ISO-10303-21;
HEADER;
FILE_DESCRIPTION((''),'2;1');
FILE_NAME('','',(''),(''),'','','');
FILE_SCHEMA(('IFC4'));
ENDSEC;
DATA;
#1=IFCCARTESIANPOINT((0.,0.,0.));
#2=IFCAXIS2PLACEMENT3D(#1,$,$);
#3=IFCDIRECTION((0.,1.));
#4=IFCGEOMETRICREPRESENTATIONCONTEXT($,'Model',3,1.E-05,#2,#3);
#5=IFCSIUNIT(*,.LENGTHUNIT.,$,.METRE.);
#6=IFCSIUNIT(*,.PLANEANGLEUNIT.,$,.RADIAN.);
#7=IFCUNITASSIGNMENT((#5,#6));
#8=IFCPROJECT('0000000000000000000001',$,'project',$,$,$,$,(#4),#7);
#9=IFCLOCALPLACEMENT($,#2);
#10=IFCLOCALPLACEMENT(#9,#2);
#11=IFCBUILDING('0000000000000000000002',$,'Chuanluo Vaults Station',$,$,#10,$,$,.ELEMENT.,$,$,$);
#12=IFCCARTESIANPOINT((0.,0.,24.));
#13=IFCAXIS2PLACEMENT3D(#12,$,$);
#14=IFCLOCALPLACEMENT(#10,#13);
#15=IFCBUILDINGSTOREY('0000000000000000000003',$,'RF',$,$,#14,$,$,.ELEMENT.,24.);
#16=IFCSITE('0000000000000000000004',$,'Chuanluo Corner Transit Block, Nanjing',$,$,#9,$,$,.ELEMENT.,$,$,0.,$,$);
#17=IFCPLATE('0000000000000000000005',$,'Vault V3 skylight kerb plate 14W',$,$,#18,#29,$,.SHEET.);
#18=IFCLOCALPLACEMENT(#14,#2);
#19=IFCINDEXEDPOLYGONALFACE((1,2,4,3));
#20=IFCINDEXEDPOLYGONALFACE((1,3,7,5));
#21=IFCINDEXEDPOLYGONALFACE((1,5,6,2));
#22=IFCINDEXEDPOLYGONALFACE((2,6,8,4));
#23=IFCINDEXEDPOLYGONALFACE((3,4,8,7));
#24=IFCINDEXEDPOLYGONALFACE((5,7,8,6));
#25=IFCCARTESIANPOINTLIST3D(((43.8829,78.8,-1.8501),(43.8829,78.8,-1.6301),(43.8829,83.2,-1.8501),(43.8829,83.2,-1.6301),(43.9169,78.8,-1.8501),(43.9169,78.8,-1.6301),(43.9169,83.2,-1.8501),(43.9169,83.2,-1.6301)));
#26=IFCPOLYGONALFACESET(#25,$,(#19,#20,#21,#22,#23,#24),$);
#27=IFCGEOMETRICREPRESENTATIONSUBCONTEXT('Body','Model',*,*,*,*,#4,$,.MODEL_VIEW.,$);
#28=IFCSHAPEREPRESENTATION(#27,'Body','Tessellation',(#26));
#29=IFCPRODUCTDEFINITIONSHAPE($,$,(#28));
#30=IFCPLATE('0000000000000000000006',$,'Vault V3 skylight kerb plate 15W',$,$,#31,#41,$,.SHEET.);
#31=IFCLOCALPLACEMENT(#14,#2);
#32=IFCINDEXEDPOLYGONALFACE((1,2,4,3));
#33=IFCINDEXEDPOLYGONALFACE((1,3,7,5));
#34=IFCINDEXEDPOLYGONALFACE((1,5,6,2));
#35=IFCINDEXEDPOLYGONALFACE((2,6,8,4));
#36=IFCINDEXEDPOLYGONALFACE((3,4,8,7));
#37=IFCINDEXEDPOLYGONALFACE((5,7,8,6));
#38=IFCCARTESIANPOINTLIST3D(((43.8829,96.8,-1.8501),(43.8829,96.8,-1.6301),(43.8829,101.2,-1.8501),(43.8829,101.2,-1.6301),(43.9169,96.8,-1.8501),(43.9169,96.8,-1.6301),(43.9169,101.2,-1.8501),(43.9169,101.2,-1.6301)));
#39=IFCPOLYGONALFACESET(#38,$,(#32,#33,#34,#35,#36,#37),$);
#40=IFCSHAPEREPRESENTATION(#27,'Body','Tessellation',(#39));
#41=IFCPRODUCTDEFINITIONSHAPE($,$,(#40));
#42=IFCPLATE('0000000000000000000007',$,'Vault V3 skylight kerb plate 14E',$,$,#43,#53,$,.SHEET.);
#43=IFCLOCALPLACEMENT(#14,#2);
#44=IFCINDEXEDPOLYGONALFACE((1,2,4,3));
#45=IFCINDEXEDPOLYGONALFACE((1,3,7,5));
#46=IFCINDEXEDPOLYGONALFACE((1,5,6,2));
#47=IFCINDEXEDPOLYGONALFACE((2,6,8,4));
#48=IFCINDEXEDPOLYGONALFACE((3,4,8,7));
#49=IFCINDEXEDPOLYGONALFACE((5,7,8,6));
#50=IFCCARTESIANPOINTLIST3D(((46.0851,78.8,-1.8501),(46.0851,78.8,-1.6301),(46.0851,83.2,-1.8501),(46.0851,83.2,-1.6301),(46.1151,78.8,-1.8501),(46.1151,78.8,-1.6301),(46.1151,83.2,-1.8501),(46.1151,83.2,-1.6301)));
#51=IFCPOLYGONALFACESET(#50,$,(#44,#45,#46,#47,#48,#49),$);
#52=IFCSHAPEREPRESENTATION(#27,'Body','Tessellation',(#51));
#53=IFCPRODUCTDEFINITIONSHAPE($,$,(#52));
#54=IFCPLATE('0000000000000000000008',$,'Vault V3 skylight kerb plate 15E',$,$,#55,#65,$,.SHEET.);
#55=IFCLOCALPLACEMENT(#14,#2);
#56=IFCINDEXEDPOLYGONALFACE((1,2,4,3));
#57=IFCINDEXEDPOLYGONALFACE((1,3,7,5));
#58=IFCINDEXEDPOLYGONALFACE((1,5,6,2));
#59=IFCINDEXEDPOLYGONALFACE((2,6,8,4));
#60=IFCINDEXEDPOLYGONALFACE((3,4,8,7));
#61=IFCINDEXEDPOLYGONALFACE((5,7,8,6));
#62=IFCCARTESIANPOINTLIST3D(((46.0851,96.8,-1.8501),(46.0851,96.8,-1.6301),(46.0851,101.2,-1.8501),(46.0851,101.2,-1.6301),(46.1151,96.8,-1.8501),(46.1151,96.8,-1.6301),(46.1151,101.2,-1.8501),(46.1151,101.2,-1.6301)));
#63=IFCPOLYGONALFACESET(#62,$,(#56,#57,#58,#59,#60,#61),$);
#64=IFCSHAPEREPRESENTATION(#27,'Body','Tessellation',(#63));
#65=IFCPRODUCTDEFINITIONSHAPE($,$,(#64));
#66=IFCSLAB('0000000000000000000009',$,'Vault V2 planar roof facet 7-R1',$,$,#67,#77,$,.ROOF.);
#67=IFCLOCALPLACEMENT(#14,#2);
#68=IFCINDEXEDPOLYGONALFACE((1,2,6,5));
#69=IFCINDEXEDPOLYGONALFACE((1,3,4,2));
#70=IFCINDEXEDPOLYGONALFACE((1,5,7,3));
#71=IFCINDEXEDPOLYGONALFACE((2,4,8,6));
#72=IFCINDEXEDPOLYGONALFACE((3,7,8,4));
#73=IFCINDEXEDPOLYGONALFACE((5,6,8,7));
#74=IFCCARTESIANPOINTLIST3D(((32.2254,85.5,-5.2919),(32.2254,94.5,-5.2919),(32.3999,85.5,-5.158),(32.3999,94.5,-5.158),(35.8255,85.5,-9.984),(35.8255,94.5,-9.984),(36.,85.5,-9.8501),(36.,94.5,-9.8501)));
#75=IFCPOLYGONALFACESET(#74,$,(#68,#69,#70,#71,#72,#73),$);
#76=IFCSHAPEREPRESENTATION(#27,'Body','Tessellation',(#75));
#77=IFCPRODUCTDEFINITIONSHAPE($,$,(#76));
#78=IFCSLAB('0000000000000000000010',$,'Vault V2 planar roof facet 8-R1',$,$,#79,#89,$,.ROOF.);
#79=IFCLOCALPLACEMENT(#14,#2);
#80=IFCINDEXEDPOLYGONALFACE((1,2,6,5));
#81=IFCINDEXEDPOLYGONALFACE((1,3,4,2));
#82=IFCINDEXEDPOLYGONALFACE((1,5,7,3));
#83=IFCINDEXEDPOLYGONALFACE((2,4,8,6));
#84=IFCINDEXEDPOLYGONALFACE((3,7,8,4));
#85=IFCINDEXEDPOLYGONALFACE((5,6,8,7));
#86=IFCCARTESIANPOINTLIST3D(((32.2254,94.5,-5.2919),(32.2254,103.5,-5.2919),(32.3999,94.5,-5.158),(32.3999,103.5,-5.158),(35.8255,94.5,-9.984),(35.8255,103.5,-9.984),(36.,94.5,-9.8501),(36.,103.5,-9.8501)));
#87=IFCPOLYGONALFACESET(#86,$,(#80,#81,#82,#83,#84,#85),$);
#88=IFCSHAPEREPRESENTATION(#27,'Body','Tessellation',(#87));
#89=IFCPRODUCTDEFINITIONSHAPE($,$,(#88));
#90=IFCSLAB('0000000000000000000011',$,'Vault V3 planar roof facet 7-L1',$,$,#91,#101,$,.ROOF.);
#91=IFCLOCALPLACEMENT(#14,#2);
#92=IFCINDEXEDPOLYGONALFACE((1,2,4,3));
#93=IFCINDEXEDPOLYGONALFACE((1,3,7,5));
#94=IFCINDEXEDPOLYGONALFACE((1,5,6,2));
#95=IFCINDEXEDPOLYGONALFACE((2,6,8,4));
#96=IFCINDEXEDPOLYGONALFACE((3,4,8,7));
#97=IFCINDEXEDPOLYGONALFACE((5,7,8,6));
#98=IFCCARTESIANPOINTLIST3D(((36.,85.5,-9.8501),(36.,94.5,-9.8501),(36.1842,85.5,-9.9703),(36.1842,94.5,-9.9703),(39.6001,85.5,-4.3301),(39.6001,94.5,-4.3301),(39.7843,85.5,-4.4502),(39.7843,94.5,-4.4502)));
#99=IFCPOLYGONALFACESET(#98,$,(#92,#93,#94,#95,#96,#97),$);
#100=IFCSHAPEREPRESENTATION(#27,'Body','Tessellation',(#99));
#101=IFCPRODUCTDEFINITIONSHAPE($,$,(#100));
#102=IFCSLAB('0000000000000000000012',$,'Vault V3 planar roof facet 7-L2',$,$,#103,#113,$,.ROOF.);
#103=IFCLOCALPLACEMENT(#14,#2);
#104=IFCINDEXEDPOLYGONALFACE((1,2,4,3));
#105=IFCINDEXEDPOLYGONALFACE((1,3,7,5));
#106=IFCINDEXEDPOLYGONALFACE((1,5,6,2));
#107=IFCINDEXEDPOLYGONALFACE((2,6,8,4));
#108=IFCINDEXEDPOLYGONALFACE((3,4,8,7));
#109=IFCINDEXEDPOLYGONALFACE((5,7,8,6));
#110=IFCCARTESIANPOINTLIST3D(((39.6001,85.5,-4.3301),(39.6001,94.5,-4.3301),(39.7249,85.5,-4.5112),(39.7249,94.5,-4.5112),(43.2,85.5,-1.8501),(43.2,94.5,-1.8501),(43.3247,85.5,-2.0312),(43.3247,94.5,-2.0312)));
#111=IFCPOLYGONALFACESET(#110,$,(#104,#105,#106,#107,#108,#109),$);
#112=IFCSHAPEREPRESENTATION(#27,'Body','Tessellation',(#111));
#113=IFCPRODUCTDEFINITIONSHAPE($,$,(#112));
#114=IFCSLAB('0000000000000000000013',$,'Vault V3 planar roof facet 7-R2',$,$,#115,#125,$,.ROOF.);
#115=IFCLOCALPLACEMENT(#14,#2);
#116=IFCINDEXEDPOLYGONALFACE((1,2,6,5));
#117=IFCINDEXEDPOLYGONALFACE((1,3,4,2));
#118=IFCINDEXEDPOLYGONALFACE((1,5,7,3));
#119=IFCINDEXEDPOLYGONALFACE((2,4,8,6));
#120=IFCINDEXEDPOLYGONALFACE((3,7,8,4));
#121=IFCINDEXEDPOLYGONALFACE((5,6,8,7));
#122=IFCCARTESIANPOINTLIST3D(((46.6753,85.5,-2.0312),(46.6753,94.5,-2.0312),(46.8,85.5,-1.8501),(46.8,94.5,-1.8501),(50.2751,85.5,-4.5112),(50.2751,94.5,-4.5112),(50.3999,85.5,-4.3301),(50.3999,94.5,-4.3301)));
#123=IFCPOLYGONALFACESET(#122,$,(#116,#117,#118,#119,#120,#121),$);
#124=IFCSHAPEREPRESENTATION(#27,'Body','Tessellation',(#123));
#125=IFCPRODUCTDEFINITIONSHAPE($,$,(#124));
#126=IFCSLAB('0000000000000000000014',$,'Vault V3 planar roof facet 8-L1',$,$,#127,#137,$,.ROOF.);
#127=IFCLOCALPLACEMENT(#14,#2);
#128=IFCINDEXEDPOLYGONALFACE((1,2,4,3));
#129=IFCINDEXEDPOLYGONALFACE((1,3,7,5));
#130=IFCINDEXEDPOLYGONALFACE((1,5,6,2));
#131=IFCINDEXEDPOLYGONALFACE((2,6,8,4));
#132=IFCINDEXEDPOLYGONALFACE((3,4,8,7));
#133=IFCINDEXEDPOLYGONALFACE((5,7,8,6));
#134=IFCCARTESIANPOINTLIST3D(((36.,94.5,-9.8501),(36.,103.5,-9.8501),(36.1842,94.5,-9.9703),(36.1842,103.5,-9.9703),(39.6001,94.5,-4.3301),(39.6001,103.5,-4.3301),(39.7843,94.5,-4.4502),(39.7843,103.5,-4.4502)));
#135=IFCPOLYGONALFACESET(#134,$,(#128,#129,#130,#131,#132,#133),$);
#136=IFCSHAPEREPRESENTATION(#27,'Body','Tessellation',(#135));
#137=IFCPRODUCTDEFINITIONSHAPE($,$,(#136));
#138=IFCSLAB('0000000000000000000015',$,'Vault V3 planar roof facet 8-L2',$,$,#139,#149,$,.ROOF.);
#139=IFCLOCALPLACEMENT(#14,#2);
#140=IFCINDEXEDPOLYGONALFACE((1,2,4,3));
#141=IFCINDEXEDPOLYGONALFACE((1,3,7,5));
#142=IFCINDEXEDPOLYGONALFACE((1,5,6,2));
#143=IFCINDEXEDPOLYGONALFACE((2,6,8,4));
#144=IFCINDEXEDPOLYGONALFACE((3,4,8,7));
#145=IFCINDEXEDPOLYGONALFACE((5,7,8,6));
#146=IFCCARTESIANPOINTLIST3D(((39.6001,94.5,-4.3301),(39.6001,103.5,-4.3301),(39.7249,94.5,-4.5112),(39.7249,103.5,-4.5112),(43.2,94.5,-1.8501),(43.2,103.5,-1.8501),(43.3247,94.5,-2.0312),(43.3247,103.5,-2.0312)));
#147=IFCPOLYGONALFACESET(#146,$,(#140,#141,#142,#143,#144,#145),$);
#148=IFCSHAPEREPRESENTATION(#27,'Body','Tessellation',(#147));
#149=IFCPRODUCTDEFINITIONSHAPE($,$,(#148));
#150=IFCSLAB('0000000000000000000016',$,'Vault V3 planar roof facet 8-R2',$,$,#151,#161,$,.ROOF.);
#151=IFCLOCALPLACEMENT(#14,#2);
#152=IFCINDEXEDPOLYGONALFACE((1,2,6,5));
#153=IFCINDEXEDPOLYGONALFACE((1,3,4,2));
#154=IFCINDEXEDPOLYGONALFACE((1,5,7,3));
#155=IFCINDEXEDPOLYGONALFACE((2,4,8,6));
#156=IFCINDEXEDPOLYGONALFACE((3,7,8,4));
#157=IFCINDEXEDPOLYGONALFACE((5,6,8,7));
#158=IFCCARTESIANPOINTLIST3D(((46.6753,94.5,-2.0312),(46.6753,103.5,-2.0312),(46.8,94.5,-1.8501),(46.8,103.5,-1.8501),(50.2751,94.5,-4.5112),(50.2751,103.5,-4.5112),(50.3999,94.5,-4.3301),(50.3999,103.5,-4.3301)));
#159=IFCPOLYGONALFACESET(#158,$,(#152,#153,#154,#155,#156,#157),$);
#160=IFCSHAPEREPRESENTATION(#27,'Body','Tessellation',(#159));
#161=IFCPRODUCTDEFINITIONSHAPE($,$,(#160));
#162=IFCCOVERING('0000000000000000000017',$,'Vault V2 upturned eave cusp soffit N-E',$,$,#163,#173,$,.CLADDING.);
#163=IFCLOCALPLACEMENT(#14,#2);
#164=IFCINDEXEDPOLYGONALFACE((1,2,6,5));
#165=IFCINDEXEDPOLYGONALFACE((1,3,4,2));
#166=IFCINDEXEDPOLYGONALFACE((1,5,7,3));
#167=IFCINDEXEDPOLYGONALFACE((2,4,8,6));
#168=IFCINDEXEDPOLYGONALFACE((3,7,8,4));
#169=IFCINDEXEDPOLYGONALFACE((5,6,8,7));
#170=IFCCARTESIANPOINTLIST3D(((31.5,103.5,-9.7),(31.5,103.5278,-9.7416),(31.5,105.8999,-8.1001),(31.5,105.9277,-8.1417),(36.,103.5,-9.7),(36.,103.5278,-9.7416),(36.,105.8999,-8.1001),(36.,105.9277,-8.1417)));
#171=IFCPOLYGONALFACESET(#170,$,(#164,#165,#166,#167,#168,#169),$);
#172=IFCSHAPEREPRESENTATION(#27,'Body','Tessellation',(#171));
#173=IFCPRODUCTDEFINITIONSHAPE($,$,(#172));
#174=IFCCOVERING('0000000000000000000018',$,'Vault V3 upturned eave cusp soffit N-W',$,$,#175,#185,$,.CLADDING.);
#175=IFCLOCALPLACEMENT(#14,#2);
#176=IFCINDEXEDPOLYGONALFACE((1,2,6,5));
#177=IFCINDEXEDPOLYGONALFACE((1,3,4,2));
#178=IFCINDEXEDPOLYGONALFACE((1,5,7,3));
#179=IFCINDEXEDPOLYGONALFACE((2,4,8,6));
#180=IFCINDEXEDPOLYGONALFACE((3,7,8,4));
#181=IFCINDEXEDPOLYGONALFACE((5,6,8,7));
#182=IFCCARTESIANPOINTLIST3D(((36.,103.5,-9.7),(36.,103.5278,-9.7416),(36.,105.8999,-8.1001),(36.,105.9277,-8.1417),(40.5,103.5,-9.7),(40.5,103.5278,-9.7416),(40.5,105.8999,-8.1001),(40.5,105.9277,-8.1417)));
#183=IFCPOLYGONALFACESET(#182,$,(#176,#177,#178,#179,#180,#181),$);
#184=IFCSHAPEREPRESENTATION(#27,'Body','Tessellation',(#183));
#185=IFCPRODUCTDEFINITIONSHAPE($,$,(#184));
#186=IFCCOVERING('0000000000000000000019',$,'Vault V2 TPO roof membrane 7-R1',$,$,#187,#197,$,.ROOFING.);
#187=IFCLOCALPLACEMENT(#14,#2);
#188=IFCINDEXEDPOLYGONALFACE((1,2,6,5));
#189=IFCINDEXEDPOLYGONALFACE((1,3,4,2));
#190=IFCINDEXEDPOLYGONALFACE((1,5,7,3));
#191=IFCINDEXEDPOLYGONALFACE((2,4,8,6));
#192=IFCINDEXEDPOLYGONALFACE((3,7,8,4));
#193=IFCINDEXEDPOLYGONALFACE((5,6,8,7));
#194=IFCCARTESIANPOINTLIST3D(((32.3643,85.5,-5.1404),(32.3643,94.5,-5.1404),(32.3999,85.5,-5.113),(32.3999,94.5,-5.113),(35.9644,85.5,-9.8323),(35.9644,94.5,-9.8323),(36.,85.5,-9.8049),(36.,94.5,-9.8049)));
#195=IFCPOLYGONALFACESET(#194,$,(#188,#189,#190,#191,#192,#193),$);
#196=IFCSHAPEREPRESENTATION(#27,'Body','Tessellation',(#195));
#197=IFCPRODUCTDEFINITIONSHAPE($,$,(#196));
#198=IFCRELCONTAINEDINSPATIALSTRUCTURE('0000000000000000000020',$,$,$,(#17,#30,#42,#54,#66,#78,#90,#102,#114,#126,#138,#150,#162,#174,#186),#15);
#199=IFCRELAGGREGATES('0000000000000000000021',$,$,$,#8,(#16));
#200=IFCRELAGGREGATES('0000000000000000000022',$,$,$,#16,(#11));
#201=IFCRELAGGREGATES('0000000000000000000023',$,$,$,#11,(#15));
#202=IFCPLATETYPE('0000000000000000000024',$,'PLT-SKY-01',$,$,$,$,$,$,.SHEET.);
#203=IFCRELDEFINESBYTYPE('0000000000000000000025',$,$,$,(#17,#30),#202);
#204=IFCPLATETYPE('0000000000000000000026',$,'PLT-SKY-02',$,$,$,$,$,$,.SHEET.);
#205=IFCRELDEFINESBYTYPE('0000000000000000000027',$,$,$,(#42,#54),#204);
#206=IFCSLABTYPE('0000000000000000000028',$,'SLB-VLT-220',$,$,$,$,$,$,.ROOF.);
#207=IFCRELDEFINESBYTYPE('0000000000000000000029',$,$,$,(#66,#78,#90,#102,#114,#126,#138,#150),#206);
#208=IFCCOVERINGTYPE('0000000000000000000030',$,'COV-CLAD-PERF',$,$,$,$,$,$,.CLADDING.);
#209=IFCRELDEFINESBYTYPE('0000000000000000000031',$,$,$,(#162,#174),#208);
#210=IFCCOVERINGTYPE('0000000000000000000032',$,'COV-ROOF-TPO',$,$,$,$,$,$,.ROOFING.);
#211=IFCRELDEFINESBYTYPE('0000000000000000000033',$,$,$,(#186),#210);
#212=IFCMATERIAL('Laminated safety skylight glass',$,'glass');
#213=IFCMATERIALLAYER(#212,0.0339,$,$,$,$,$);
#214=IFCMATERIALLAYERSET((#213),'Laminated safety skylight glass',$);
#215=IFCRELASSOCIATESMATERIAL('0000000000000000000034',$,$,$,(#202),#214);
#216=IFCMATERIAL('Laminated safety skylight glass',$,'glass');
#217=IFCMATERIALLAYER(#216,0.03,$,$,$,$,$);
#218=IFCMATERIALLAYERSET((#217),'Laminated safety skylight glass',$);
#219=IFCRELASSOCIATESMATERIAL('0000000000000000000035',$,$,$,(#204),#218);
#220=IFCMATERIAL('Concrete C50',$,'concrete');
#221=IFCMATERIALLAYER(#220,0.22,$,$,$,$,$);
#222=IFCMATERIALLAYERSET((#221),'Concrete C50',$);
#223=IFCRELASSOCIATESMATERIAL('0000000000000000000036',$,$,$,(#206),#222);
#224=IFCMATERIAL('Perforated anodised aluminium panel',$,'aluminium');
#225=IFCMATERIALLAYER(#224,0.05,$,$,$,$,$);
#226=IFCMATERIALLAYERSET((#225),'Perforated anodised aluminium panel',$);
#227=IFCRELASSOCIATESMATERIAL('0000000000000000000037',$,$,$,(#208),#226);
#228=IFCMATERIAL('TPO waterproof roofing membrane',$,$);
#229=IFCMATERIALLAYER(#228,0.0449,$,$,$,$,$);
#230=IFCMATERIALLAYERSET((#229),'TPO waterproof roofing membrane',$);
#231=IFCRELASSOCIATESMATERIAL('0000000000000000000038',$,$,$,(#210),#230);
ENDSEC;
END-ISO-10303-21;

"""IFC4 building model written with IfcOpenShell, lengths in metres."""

from ifc_helpers import new_model, si_unit, direction, frame, origin, origin_2d, place, context, subcontext, project, spatial, polyline, rectangle, outline, extrude, material, layer, layer_set, type_object, element, save


model = new_model("IFC4")

# Units and contexts
model_context = context("Model", 3, precision=1e-05, world=origin(), true_north=direction((0.0, 1.0)))
body_context = subcontext(model_context, "Body", "Model", "MODEL_VIEW")
ifc_project = project(units=[si_unit("LENGTHUNIT", "METRE"), si_unit("PLANEANGLEUNIT", "RADIAN")], contexts=[model_context])

# Site, building, storey
site_placement = place(None, origin())
site = spatial("IfcSite", under=ifc_project, at=site_placement, Name="Chuanluo Corner Transit Block, Nanjing", CompositionType="ELEMENT", RefElevation=0.0)
building_placement = place(site_placement, origin())
building = spatial("IfcBuilding", under=site, at=building_placement, Name="Chuanluo Vaults Station", CompositionType="ELEMENT")
storey_placement = place(building_placement, frame((0.0, 0.0, 24.0)))
storey = spatial("IfcBuildingStorey", under=building, at=storey_placement, Name="RF", CompositionType="ELEMENT", Elevation=24.0)

# Plates
ifc_material_1 = material(Name="Laminated safety skylight glass", Category="glass")
ifc_layer_1 = layer(ifc_material_1, 0.0339)
ifc_layer_set_1 = layer_set([ifc_layer_1], Name="Laminated safety skylight glass")
plate_type_1 = type_object("IfcPlateType", Name="PLT-SKY-01", PredefinedType="SHEET", material=ifc_layer_set_1)
for number, where, z_axis, x_axis, name in (
    (1, (43.8999, 81.0, -1.8501), (0.0, 0.0, 1.0), (1.0, 0.0, 0.0), "Vault V3 skylight kerb plate 14W"),
    (2, (43.8999, 99.0, -1.8501), (0.0, 0.0, 1.0), (1.0, 0.0, 0.0), "Vault V3 skylight kerb plate 15W"),
):
    element("IfcPlate", number, at=place(storey_placement, frame(where, z_axis=z_axis, x_axis=x_axis)), inside=storey, type_object=plate_type_1, Name=name, PredefinedType="SHEET", context=body_context, shape_type="SweptSolid", body=[
        extrude(rectangle(XDim=0.0339, YDim=4.3999, at=origin_2d()), origin(), (0.0, 0.0, 1.0), 0.22),
    ])
ifc_material_2 = material(Name="Laminated safety skylight glass", Category="glass")
ifc_layer_2 = layer(ifc_material_2, 0.03)
ifc_layer_set_2 = layer_set([ifc_layer_2], Name="Laminated safety skylight glass")
plate_type_2 = type_object("IfcPlateType", Name="PLT-SKY-02", PredefinedType="SHEET", material=ifc_layer_set_2)
for number, where, z_axis, x_axis, name in (
    (3, (46.1001, 81.0, -1.8501), (0.0, 0.0, 1.0), (1.0, 0.0, 0.0), "Vault V3 skylight kerb plate 14E"),
    (4, (46.1001, 99.0, -1.8501), (0.0, 0.0, 1.0), (1.0, 0.0, 0.0), "Vault V3 skylight kerb plate 15E"),
):
    element("IfcPlate", number, at=place(storey_placement, frame(where, z_axis=z_axis, x_axis=x_axis)), inside=storey, type_object=plate_type_2, Name=name, PredefinedType="SHEET", context=body_context, shape_type="SweptSolid", body=[
        extrude(rectangle(XDim=0.03, YDim=4.3999, at=origin_2d()), origin(), (0.0, 0.0, 1.0), 0.22),
    ])

# Slabs
ifc_material_3 = material(Name="Concrete C50", Category="concrete")
ifc_layer_3 = layer(ifc_material_3, 0.22)
ifc_layer_set_3 = layer_set([ifc_layer_3], Name="Concrete C50")
slab_type = type_object("IfcSlabType", Name="SLB-VLT-220", PredefinedType="ROOF", material=ifc_layer_set_3)
for number, where, z_axis, x_axis, name in (
    (5, (32.3999, 85.5, -5.158), (0.793378, 0.0, 0.608729), (0.608729, 0.0, -0.793378), "Vault V2 planar roof facet 7-R1"),
    (6, (32.3999, 94.5, -5.158), (0.793378, 0.0, 0.608729), (0.608729, 0.0, -0.793378), "Vault V2 planar roof facet 8-R1"),
):
    element("IfcSlab", number, at=place(storey_placement, frame(where, z_axis=z_axis, x_axis=x_axis)), inside=storey, type_object=slab_type, Name=name, PredefinedType="ROOF", context=body_context, shape_type="SweptSolid", body=[
        extrude(outline(polyline([(0.0, 0.0), (5.9141, 0.0), (5.9141, 9.0), (0.0, 9.0), (0.0, 0.0)])), origin(), (0.0, 0.0, -1.0), 0.22),
    ])
slab_1_placement = place(storey_placement, frame((36.0, 85.5, -9.8501), z_axis=(-0.837605, 0.0, 0.546277), x_axis=(0.546277, 0.0, 0.837605)))
element("IfcSlab", 7, at=slab_1_placement, inside=storey, type_object=slab_type, Name="Vault V3 planar roof facet 7-L1", PredefinedType="ROOF", context=body_context, shape_type="SweptSolid", body=[
    extrude(outline(polyline([(0.0, 0.0), (6.5902, 0.0), (6.5902, 9.0), (0.0, 9.0), (0.0, 0.0)])), origin(), (0.0, 0.0, -1.0), 0.22),
])
for number, where, z_axis, x_axis, name in (
    (8, (39.6001, 85.5, -4.3301), (-0.567318, 0.0, 0.823499), (0.823499, 0.0, 0.567318), "Vault V3 planar roof facet 7-L2"),
    (9, (46.8, 85.5, -1.8501), (0.567318, 0.0, 0.823499), (0.823499, 0.0, -0.567318), "Vault V3 planar roof facet 7-R2"),
):
    element("IfcSlab", number, at=place(storey_placement, frame(where, z_axis=z_axis, x_axis=x_axis)), inside=storey, type_object=slab_type, Name=name, PredefinedType="ROOF", context=body_context, shape_type="SweptSolid", body=[
        extrude(outline(polyline([(0.0, 0.0), (4.3714, 0.0), (4.3714, 9.0), (0.0, 9.0), (0.0, 0.0)])), origin(), (0.0, 0.0, -1.0), 0.22),
    ])
slab_2_placement = place(storey_placement, frame((36.0, 94.5, -9.8501), z_axis=(-0.837605, 0.0, 0.546277), x_axis=(0.546277, 0.0, 0.837605)))
element("IfcSlab", 10, at=slab_2_placement, inside=storey, type_object=slab_type, Name="Vault V3 planar roof facet 8-L1", PredefinedType="ROOF", context=body_context, shape_type="SweptSolid", body=[
    extrude(outline(polyline([(0.0, 0.0), (6.5902, 0.0), (6.5902, 9.0), (0.0, 9.0), (0.0, 0.0)])), origin(), (0.0, 0.0, -1.0), 0.22),
])
for number, where, z_axis, x_axis, name in (
    (11, (39.6001, 94.5, -4.3301), (-0.567318, 0.0, 0.823499), (0.823499, 0.0, 0.567318), "Vault V3 planar roof facet 8-L2"),
    (12, (46.8, 94.5, -1.8501), (0.567318, 0.0, 0.823499), (0.823499, 0.0, -0.567318), "Vault V3 planar roof facet 8-R2"),
):
    element("IfcSlab", number, at=place(storey_placement, frame(where, z_axis=z_axis, x_axis=x_axis)), inside=storey, type_object=slab_type, Name=name, PredefinedType="ROOF", context=body_context, shape_type="SweptSolid", body=[
        extrude(outline(polyline([(0.0, 0.0), (4.3714, 0.0), (4.3714, 9.0), (0.0, 9.0), (0.0, 0.0)])), origin(), (0.0, 0.0, -1.0), 0.22),
    ])

# Coverings
ifc_material_4 = material(Name="Perforated anodised aluminium panel", Category="aluminium")
ifc_layer_4 = layer(ifc_material_4, 0.05)
ifc_layer_set_4 = layer_set([ifc_layer_4], Name="Perforated anodised aluminium panel")
covering_type_1 = type_object("IfcCoveringType", Name="COV-CLAD-PERF", PredefinedType="CLADDING", material=ifc_layer_set_4)
for number, where, z_axis, x_axis, name in (
    (13, (31.5, 103.5, -9.7), (0.0, -0.554681, 0.832063), (1.0, 0.0, 0.0), "Vault V2 upturned eave cusp soffit N-E"),
    (14, (36.0, 103.5, -9.7), (0.0, -0.554681, 0.832063), (1.0, 0.0, 0.0), "Vault V3 upturned eave cusp soffit N-W"),
):
    element("IfcCovering", number, at=place(storey_placement, frame(where, z_axis=z_axis, x_axis=x_axis)), inside=storey, type_object=covering_type_1, Name=name, PredefinedType="CLADDING", context=body_context, shape_type="SweptSolid", body=[
        extrude(outline(polyline([(0.0, 0.0), (4.5, 0.0), (4.5, 2.8843), (0.0, 2.8843), (0.0, 0.0)])), origin(), (0.0, 0.0, -1.0), 0.05),
    ])
ifc_material_5 = material(Name="TPO waterproof roofing membrane")
ifc_layer_5 = layer(ifc_material_5, 0.0449)
ifc_layer_set_5 = layer_set([ifc_layer_5], Name="TPO waterproof roofing membrane")
covering_type_2 = type_object("IfcCoveringType", Name="COV-ROOF-TPO", PredefinedType="ROOFING", material=ifc_layer_set_5)
for number, where, z_axis, x_axis, name in (
    (15, (32.3999, 85.5, -5.113), (0.793363, 0.0, 0.608749), (0.608749, 0.0, -0.793363), "Vault V2 TPO roof membrane 7-R1"),
):
    element("IfcCovering", number, at=place(storey_placement, frame(where, z_axis=z_axis, x_axis=x_axis)), inside=storey, type_object=covering_type_2, Name=name, PredefinedType="ROOFING", context=body_context, shape_type="SweptSolid", body=[
        extrude(outline(polyline([(0.0, 0.0), (5.9139, 0.0), (5.9139, 9.0), (0.0, 9.0), (0.0, 0.0)])), origin(), (0.0, 0.0, -1.0), 0.0449),
    ])

save(model, "model.ifc")
